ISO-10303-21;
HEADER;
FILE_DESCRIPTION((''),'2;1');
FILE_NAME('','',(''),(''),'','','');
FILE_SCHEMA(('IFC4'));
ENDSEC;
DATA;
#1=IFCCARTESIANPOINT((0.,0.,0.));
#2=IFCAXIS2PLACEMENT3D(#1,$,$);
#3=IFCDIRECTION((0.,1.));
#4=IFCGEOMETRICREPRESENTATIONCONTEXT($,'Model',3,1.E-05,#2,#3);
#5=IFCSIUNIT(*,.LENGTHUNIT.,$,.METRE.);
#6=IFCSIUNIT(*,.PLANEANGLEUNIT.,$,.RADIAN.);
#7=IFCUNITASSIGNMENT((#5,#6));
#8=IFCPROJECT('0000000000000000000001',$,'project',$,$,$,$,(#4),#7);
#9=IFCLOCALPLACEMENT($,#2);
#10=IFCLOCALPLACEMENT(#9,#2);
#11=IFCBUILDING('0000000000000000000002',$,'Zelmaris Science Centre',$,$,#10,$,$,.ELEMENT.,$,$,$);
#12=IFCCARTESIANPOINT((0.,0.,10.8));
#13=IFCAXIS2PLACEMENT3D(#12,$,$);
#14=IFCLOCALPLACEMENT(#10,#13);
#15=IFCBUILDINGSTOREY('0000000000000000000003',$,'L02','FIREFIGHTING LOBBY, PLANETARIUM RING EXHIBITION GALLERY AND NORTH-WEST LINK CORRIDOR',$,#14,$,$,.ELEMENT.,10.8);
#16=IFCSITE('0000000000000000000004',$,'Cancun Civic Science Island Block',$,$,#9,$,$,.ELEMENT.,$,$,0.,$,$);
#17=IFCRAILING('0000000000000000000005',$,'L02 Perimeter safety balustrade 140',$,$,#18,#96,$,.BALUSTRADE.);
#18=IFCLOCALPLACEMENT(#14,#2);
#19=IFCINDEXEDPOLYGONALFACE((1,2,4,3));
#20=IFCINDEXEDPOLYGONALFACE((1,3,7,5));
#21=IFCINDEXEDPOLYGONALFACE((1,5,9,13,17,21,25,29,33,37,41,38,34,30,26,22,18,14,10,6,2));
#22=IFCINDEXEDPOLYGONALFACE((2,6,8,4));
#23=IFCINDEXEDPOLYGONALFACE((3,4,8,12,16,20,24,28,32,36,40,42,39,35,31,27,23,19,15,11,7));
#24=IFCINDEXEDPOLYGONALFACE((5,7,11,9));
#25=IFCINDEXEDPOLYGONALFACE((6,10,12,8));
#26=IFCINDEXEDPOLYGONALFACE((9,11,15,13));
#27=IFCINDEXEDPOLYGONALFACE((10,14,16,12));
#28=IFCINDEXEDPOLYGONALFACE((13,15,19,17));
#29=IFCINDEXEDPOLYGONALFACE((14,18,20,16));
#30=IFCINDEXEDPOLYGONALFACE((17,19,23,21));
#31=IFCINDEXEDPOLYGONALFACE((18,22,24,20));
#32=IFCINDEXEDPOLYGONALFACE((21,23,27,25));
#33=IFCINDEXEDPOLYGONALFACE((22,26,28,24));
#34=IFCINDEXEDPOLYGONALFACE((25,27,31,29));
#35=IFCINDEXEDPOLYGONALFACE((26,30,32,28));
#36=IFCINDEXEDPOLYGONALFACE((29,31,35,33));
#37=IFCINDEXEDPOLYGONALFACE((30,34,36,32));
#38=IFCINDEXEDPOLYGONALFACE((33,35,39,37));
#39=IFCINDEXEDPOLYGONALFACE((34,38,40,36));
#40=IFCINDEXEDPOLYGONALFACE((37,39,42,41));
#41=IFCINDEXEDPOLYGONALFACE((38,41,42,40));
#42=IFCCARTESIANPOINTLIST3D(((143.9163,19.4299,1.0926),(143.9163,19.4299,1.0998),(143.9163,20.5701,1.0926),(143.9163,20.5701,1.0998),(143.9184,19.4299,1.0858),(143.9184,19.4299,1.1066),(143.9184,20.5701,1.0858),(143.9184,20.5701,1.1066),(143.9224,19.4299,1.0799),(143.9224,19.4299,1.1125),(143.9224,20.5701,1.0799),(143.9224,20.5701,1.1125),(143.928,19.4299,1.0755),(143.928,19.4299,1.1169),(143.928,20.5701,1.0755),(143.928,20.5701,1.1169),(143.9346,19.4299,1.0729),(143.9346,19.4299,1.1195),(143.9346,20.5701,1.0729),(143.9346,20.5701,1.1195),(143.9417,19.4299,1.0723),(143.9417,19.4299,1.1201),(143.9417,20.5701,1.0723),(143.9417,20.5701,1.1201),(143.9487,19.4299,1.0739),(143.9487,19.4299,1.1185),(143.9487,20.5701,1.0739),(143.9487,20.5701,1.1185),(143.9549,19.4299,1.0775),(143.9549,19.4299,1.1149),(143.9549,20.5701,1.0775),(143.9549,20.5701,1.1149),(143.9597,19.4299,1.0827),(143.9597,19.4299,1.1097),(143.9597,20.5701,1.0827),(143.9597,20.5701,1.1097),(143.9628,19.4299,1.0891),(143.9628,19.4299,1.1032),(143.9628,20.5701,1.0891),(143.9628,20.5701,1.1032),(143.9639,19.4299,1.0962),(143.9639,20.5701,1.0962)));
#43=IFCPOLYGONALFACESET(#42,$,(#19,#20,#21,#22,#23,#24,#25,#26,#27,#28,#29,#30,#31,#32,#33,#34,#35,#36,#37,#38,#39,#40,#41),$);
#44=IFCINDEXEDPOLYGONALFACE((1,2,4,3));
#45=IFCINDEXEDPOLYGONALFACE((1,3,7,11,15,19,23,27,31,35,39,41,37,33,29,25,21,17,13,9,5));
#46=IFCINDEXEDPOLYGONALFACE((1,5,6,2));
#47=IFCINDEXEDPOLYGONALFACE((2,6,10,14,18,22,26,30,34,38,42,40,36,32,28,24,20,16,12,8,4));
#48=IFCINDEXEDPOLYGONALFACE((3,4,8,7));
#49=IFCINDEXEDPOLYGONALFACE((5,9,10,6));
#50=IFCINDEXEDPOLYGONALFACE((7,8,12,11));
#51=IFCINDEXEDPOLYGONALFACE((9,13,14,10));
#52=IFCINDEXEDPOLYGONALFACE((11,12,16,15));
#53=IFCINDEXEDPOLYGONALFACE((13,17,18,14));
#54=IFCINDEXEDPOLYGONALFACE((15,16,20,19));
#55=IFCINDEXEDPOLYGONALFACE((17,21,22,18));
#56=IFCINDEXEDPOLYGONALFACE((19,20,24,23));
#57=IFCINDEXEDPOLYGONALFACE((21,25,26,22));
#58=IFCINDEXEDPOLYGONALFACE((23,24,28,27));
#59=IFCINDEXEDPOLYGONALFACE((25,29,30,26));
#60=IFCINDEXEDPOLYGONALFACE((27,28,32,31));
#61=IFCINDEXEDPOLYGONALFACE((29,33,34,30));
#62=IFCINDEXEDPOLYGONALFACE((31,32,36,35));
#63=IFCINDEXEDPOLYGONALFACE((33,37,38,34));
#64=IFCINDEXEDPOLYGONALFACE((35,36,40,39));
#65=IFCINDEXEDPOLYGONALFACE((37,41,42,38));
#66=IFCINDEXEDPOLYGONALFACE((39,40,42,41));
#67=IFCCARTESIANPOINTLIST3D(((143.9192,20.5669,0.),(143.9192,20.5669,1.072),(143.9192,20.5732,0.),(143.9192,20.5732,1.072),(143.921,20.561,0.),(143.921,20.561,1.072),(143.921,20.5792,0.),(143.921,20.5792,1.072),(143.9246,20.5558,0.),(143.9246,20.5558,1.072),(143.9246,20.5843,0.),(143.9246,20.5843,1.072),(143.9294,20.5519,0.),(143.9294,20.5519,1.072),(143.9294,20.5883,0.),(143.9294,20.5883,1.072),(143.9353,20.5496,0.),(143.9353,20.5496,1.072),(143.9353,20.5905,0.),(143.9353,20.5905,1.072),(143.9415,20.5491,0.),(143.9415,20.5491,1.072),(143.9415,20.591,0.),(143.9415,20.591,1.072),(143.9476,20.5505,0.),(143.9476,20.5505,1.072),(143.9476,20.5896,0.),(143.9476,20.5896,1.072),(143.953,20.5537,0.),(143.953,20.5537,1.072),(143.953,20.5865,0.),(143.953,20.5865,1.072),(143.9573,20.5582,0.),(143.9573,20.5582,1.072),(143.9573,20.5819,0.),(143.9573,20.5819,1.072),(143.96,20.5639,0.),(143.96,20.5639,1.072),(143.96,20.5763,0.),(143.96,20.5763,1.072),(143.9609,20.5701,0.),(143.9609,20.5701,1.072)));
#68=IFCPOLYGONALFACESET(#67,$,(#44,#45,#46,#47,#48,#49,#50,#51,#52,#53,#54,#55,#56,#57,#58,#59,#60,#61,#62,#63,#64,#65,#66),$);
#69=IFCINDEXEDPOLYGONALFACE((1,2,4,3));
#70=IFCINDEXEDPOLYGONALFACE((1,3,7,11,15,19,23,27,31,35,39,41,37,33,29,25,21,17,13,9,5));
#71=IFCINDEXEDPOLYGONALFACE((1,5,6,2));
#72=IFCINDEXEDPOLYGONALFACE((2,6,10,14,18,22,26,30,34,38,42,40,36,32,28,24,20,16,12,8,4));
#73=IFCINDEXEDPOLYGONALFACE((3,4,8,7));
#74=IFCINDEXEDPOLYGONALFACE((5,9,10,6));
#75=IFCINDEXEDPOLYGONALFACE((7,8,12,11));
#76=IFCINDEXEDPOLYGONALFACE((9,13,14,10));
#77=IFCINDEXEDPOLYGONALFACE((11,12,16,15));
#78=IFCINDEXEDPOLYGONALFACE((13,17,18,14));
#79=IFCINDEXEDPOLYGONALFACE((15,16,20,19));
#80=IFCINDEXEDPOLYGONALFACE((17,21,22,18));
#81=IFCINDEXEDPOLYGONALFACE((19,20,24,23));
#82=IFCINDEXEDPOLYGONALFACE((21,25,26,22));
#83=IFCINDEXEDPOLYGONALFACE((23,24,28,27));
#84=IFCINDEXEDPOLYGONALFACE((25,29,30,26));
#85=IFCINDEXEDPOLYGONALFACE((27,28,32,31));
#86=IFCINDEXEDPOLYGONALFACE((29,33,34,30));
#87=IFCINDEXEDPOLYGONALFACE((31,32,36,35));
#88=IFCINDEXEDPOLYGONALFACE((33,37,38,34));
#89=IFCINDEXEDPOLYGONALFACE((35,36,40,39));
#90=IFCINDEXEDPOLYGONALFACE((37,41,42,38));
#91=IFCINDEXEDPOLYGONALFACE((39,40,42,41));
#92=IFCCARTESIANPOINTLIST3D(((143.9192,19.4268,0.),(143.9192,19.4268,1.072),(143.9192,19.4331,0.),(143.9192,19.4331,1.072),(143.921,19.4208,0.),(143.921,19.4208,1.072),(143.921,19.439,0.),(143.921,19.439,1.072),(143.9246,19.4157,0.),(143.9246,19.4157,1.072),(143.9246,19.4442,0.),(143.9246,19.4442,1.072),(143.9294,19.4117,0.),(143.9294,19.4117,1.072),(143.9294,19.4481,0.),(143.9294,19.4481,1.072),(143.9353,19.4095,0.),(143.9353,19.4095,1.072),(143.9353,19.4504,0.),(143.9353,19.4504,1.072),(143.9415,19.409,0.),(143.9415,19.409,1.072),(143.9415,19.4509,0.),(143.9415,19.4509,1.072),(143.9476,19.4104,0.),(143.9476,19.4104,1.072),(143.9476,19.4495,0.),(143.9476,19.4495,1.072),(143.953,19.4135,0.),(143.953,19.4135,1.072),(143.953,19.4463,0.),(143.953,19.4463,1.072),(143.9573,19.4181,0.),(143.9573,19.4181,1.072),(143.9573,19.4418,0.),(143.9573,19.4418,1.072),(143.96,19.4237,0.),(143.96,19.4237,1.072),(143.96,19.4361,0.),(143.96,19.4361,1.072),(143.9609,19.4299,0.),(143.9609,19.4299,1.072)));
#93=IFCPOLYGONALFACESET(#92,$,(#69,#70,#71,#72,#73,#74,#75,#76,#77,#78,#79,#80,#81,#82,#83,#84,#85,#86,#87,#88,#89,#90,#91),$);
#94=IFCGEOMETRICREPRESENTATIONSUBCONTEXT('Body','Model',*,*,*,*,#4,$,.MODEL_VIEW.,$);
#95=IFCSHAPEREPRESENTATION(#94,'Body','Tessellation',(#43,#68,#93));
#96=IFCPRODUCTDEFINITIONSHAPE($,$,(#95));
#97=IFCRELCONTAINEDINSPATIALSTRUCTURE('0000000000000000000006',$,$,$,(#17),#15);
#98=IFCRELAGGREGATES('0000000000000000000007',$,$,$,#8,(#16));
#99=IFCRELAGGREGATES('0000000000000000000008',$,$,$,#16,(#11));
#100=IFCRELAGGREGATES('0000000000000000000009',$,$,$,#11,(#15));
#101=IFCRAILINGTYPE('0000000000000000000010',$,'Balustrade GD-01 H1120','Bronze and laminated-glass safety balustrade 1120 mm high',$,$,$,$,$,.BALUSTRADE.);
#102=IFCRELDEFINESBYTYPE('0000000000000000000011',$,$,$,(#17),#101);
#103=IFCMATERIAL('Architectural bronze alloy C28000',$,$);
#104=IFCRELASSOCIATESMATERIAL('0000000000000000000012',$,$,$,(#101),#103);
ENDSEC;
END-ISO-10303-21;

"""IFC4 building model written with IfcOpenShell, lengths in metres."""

from ifc_helpers import new_model, si_unit, direction, frame, origin, origin_2d, place, context, subcontext, project, spatial, circle, extrude, material, type_object, element, save


model = new_model("IFC4")

# Units and contexts
model_context = context("Model", 3, precision=1e-05, world=origin(), true_north=direction((0.0, 1.0)))
body_context = subcontext(model_context, "Body", "Model", "MODEL_VIEW")
ifc_project = project(units=[si_unit("LENGTHUNIT", "METRE"), si_unit("PLANEANGLEUNIT", "RADIAN")], contexts=[model_context])

# Site, building, storey
site_placement = place(None, origin())
site = spatial("IfcSite", under=ifc_project, at=site_placement, Name="Cancun Civic Science Island Block", CompositionType="ELEMENT", RefElevation=0.0)
building_placement = place(site_placement, origin())
building = spatial("IfcBuilding", under=site, at=building_placement, Name="Zelmaris Science Centre", CompositionType="ELEMENT")
storey_placement = place(building_placement, frame((0.0, 0.0, 10.8)))
storey = spatial("IfcBuildingStorey", under=building, at=storey_placement, Name="L02", Description="FIREFIGHTING LOBBY, PLANETARIUM RING EXHIBITION GALLERY AND NORTH-WEST LINK CORRIDOR", CompositionType="ELEMENT", Elevation=10.8)

# Railing
ifc_material_1 = material(Name="Architectural bronze alloy C28000")
railing_type = type_object("IfcRailingType", Name="Balustrade GD-01 H1120", Description="Bronze and laminated-glass safety balustrade 1120 mm high", PredefinedType="BALUSTRADE", material=ifc_material_1)
railing_placement = place(storey_placement, frame((143.9399, 20.5701, 0.0)))
element("IfcRailing", 1, at=railing_placement, inside=storey, type_object=railing_type, Name="L02 Perimeter safety balustrade 140", PredefinedType="BALUSTRADE", context=body_context, shape_type="SweptSolid", body=[
    extrude(circle(Radius=0.0239, at=origin_2d()), frame((0.0, 0.0, 1.0962), z_axis=(0.0, -1.0, 0.0), x_axis=(1.0, 0.0, 0.0)), (0.0, 0.0, 1.0), 1.1401),
    extrude(circle(Radius=0.021, at=origin_2d()), origin(), (0.0, 0.0, 1.0), 1.072),
    extrude(circle(Radius=0.021, at=origin_2d()), frame((0.0, -1.1401, 0.0)), (0.0, 0.0, 1.0), 1.072),
])

save(model, "model.ifc")
